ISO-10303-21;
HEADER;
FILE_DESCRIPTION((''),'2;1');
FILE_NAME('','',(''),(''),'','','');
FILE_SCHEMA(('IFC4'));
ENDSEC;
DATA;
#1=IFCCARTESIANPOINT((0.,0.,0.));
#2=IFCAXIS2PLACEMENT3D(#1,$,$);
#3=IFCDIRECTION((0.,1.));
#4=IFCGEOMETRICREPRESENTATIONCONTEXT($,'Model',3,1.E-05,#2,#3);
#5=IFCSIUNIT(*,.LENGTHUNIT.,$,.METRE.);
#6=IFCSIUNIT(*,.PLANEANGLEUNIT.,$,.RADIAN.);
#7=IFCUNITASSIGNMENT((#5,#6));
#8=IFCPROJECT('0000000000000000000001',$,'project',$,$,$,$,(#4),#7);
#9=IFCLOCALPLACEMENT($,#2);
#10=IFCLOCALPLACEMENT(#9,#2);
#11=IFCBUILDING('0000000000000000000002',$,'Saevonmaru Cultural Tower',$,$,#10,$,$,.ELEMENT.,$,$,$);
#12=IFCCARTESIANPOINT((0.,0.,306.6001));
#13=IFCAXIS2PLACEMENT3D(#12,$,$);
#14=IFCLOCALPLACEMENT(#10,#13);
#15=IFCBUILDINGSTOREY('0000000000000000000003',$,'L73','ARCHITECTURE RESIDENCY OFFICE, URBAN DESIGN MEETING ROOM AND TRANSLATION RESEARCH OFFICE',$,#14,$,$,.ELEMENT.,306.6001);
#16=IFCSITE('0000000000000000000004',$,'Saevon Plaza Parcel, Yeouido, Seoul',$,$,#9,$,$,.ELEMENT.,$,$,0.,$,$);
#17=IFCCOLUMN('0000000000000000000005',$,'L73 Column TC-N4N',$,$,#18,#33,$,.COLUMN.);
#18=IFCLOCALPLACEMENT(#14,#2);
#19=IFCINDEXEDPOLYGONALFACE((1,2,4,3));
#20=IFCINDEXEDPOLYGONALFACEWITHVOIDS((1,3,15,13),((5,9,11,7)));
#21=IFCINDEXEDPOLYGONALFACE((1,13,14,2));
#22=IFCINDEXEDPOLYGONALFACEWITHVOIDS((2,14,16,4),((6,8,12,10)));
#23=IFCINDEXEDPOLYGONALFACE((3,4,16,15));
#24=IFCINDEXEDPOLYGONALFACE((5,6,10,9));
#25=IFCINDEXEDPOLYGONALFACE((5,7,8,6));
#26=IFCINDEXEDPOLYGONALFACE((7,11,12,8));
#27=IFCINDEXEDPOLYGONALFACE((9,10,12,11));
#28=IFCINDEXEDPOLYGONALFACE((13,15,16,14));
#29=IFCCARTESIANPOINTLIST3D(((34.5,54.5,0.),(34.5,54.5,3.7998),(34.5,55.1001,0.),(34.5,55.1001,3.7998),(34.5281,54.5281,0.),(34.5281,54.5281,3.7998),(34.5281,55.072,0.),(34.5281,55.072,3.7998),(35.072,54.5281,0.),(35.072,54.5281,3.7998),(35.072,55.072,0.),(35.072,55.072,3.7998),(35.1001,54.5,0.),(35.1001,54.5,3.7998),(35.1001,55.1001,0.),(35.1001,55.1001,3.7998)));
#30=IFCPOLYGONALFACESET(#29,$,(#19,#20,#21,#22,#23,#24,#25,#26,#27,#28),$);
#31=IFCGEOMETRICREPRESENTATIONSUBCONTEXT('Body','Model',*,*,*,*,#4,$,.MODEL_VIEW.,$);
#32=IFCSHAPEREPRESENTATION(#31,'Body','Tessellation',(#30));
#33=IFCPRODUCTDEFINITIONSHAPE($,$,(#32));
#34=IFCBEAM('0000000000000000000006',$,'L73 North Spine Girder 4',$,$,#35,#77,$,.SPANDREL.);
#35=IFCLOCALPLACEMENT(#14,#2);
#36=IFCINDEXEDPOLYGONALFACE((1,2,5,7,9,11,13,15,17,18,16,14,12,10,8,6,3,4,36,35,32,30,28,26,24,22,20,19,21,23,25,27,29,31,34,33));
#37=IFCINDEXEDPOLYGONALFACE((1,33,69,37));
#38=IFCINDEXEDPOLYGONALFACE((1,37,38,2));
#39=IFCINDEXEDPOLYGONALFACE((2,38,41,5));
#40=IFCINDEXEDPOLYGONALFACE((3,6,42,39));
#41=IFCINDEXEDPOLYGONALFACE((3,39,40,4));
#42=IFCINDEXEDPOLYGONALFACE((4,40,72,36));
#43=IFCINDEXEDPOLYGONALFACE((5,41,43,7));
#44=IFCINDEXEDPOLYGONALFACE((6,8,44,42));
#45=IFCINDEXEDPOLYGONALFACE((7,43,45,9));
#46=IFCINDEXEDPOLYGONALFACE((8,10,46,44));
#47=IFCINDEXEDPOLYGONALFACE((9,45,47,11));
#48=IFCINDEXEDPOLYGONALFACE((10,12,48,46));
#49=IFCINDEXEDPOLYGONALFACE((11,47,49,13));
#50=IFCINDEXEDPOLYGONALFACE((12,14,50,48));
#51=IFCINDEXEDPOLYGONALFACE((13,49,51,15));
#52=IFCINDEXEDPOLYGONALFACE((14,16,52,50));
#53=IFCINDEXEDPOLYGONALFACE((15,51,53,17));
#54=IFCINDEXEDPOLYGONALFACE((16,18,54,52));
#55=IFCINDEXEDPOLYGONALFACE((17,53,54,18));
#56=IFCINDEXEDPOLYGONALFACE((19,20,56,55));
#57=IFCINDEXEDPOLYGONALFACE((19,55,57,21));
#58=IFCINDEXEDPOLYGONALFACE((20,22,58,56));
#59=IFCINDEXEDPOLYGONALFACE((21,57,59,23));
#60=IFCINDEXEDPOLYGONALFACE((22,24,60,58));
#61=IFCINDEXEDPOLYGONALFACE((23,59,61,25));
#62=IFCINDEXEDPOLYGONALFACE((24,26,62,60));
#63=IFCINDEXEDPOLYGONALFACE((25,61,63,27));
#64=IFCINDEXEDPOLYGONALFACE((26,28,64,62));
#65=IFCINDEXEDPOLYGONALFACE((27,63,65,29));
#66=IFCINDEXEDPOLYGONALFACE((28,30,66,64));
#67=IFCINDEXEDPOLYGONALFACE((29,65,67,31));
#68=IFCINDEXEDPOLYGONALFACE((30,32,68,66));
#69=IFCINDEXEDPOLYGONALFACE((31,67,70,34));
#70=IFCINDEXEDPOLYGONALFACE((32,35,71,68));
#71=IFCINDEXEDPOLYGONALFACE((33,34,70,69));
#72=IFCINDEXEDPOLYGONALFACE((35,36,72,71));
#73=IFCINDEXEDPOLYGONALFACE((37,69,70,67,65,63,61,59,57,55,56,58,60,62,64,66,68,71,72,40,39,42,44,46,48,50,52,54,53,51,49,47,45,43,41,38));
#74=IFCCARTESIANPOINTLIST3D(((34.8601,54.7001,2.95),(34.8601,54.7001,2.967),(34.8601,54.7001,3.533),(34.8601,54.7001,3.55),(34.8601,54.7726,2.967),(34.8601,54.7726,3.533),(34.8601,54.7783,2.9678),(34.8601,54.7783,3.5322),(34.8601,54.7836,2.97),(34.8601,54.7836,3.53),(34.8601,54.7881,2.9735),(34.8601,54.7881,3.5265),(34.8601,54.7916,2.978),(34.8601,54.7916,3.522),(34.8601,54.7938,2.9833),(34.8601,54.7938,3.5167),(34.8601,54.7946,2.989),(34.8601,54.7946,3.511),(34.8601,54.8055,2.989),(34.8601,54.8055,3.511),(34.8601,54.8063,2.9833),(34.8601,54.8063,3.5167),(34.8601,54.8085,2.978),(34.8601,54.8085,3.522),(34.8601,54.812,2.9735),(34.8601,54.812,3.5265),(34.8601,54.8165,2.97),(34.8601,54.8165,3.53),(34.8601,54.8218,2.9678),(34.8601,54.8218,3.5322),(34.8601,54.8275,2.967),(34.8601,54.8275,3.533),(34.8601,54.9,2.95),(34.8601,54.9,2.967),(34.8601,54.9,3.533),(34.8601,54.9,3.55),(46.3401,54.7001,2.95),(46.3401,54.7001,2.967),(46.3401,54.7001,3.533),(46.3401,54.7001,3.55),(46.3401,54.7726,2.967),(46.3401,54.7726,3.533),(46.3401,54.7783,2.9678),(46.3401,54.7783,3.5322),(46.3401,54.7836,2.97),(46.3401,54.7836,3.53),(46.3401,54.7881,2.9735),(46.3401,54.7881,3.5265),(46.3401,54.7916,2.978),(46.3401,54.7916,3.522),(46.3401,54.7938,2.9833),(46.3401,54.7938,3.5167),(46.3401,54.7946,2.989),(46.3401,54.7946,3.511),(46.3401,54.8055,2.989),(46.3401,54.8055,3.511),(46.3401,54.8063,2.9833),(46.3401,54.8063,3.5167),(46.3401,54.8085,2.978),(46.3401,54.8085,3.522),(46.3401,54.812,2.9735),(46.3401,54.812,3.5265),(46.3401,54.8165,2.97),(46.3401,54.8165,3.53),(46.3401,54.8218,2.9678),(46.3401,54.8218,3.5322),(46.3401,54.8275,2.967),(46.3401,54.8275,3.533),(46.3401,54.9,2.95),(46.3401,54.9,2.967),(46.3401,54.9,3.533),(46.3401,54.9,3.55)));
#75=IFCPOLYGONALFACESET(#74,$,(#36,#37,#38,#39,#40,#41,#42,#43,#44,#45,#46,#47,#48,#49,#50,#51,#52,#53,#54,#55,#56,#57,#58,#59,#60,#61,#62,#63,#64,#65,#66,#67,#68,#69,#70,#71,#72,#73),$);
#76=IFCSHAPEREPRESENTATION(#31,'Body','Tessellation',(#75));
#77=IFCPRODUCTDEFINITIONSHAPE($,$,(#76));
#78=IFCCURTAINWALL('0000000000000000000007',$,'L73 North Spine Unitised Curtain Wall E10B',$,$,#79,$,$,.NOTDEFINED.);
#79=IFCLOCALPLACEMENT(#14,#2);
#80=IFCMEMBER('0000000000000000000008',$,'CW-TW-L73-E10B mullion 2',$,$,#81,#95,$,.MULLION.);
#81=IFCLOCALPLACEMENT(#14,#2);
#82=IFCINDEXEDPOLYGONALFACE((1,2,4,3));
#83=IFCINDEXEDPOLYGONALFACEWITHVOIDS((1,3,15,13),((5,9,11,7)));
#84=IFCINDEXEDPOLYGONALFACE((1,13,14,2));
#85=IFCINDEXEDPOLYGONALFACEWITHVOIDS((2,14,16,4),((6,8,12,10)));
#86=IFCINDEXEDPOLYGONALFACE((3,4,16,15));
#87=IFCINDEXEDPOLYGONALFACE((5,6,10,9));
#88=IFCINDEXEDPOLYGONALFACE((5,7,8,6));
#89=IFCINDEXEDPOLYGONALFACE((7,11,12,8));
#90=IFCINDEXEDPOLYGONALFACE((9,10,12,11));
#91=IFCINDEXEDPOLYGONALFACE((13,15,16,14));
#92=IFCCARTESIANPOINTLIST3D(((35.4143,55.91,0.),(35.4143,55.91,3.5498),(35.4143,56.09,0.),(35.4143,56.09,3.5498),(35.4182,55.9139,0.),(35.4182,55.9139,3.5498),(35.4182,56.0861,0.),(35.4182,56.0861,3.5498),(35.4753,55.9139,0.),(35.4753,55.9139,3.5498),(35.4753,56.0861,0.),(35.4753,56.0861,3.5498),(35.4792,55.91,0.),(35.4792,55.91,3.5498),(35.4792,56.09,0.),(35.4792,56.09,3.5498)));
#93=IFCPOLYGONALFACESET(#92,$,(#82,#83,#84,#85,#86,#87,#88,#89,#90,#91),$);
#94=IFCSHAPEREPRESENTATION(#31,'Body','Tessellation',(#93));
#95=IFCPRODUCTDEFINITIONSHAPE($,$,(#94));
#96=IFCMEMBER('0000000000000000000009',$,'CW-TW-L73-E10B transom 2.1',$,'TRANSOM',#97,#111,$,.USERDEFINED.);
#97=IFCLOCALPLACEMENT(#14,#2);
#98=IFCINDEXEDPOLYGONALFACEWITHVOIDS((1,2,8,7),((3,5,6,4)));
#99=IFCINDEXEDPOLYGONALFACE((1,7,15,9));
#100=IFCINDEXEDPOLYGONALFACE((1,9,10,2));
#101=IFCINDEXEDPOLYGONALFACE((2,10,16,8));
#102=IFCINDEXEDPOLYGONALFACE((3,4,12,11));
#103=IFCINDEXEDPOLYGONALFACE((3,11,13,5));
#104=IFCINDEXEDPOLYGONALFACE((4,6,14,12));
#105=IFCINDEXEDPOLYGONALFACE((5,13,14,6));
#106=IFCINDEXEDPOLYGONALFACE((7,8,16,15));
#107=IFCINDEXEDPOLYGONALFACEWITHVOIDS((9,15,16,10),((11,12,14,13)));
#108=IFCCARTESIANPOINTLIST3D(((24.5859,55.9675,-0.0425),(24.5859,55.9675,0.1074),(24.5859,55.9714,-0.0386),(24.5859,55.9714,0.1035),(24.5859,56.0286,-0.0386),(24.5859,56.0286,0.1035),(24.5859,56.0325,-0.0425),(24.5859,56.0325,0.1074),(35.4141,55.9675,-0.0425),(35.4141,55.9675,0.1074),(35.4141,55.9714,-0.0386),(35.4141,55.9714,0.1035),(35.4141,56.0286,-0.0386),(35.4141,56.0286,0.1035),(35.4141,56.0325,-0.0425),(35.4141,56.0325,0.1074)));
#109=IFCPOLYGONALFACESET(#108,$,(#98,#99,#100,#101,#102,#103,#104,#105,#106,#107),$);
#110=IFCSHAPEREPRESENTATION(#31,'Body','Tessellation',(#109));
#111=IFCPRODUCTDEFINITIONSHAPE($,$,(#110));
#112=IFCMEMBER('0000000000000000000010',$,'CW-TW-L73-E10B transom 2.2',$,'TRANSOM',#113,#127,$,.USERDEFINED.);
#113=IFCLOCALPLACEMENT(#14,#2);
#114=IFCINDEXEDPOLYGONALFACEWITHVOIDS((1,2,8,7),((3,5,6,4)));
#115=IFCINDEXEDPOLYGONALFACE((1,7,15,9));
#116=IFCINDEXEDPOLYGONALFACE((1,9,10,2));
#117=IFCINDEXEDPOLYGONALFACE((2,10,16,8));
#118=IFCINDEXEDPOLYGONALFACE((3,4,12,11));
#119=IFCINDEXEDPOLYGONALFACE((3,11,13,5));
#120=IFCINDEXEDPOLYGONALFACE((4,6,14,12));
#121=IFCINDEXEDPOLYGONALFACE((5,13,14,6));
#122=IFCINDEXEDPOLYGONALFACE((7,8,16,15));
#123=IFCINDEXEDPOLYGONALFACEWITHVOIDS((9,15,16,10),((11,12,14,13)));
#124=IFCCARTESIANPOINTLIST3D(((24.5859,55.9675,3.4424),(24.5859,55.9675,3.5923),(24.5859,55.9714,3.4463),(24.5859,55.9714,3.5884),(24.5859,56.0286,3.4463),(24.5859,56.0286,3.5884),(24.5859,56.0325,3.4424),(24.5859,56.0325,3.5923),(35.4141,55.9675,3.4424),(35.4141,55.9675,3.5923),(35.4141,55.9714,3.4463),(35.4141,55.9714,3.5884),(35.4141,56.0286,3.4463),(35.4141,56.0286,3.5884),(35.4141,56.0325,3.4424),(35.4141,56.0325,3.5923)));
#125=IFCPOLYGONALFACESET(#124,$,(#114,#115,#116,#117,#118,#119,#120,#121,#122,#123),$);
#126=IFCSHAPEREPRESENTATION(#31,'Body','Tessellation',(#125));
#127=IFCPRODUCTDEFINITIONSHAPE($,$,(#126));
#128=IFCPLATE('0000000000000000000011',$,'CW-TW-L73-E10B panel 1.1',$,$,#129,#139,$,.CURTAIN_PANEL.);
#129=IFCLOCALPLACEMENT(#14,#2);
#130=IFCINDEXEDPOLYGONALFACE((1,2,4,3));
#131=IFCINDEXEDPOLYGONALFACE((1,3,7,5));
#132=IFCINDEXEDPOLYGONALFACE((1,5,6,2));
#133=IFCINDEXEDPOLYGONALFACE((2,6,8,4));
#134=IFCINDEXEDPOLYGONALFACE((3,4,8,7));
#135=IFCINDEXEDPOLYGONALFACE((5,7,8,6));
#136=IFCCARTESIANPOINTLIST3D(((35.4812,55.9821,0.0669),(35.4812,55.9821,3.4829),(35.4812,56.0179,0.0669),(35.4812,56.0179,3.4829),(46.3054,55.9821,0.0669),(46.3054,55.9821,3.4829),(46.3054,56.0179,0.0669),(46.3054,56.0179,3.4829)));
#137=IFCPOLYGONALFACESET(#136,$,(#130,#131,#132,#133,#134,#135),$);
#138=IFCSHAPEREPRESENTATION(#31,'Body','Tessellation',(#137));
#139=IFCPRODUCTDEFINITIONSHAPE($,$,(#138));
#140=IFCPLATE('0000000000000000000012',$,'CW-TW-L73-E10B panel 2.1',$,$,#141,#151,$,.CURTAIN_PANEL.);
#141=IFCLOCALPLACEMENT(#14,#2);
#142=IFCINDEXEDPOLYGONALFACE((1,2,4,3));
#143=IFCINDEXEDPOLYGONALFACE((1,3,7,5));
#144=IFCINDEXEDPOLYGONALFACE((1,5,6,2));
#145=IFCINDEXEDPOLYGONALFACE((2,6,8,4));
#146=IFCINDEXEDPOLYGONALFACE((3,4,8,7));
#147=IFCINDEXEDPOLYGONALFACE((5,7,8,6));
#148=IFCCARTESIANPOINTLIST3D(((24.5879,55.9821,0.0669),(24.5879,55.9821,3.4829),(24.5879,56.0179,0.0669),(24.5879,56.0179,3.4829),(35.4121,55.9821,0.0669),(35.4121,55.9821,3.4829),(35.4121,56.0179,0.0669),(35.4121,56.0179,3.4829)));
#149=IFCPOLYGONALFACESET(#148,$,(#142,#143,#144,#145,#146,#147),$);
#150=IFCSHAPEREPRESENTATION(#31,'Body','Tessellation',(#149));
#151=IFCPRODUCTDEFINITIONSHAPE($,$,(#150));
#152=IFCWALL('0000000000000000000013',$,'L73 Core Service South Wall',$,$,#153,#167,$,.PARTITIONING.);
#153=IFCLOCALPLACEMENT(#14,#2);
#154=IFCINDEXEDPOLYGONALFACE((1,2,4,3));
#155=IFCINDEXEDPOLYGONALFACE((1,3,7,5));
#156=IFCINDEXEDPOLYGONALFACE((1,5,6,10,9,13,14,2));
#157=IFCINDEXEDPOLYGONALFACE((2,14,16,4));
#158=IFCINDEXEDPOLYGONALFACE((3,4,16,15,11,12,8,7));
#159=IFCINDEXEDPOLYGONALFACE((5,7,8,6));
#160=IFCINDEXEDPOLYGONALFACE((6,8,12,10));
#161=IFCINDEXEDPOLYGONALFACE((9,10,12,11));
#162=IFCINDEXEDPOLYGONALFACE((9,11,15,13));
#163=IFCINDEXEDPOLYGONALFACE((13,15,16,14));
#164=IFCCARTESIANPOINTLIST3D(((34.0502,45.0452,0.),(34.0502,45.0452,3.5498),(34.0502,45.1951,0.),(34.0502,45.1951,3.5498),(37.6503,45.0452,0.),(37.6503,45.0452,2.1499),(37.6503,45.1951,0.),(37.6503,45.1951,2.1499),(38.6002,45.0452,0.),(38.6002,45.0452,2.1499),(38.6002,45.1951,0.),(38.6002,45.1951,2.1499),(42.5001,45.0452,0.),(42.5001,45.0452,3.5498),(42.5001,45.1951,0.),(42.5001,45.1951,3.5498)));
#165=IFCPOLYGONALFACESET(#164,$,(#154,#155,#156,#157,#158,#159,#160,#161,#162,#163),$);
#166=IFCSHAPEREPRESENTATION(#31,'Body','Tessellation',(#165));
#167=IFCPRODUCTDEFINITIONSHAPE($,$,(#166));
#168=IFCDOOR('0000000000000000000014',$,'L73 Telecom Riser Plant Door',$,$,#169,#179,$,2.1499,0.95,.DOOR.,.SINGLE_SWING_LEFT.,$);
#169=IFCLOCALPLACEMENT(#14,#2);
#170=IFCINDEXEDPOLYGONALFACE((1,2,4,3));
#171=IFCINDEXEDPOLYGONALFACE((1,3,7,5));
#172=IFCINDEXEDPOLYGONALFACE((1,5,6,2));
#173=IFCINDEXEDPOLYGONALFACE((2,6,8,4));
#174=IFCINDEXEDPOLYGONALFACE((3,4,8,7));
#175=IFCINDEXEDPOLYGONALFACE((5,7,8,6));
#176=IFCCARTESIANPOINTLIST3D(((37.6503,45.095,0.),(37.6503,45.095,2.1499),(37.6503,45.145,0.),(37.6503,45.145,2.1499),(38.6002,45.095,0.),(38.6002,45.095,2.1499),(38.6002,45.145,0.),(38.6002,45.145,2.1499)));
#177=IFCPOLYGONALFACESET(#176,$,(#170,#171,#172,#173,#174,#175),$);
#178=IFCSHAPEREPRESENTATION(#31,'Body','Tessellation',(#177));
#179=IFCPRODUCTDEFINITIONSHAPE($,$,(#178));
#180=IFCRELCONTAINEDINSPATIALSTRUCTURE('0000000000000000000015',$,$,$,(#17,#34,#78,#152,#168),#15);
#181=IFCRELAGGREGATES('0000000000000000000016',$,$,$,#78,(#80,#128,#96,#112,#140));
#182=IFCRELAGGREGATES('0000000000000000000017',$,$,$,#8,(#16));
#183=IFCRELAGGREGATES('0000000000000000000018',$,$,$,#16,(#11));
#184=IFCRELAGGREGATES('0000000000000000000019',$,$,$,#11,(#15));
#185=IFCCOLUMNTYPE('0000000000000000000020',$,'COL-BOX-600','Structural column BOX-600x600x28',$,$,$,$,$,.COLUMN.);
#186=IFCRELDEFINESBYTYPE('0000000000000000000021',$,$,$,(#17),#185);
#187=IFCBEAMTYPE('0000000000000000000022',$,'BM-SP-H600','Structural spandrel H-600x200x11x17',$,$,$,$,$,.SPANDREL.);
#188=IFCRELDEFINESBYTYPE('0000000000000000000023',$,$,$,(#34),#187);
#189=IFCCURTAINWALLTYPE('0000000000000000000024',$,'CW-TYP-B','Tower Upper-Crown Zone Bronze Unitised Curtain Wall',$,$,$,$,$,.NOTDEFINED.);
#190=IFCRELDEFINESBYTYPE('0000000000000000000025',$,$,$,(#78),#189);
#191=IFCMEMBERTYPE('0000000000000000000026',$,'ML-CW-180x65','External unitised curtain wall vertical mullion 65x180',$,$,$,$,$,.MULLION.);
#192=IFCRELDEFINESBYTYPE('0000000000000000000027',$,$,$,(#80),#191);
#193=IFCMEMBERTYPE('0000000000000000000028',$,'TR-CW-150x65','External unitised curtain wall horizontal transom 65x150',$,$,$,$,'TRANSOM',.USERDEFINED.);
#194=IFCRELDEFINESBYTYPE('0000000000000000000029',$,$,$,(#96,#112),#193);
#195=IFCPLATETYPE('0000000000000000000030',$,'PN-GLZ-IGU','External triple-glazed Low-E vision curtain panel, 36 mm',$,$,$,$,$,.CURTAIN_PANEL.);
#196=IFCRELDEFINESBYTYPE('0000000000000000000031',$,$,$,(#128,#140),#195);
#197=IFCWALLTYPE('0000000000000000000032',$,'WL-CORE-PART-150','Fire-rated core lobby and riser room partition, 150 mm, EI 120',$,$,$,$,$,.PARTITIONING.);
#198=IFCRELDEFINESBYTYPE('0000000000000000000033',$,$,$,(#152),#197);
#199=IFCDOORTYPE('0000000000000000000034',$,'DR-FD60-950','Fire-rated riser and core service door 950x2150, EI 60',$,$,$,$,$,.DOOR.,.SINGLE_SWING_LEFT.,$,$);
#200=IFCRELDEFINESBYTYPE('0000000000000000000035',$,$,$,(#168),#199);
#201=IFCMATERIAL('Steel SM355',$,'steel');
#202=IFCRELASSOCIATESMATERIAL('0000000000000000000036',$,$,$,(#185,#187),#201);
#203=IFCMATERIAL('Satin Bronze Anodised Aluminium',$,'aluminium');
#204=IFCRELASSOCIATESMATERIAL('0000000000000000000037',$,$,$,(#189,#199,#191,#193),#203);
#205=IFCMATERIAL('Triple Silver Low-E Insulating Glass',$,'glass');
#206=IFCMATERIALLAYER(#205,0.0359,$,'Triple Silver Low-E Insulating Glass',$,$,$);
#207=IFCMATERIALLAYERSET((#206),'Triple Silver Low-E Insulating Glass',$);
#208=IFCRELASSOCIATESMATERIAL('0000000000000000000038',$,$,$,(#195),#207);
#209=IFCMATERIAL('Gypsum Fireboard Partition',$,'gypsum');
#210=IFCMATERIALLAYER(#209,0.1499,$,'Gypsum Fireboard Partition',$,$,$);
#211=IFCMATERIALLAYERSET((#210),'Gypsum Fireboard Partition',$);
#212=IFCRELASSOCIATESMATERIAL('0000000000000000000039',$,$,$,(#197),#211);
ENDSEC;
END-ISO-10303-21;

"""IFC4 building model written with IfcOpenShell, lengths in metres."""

from ifc_helpers import new_model, si_unit, direction, frame, frame_2d, origin, origin_2d, place, context, subcontext, project, spatial, rectangle, hollow_rectangle, i_section, extrude, material, layer, layer_set, material_profile, profile_set, type_object, element, fill, aggregate, save


model = new_model("IFC4")

# Units and contexts
model_context = context("Model", 3, precision=1e-05, world=origin(), true_north=direction((0.0, 1.0)))
body_context = subcontext(model_context, "Body", "Model", "MODEL_VIEW")
ifc_project = project(units=[si_unit("LENGTHUNIT", "METRE"), si_unit("PLANEANGLEUNIT", "RADIAN")], contexts=[model_context])

# Site, building, storey
site_placement = place(None, origin())
site = spatial("IfcSite", under=ifc_project, at=site_placement, Name="Saevon Plaza Parcel, Yeouido, Seoul", CompositionType="ELEMENT", RefElevation=0.0)
building_placement = place(site_placement, origin())
building = spatial("IfcBuilding", under=site, at=building_placement, Name="Saevonmaru Cultural Tower", CompositionType="ELEMENT")
storey_placement = place(building_placement, frame((0.0, 0.0, 306.6001)))
storey = spatial("IfcBuildingStorey", under=building, at=storey_placement, Name="L73", Description="ARCHITECTURE RESIDENCY OFFICE, URBAN DESIGN MEETING ROOM AND TRANSLATION RESEARCH OFFICE", CompositionType="ELEMENT", Elevation=306.6001)

# Column
ifc_material_1 = material(Name="Steel SM355", Category="steel")
ifc_material_profile_1 = material_profile(ifc_material_1, hollow_rectangle(XDim=0.6001, YDim=0.6001, WallThickness=0.0281, at=origin_2d()), Name="BOX-600x600x28")
ifc_profile_set_1 = profile_set([ifc_material_profile_1], Name="Steel SM355")
column_type = type_object("IfcColumnType", Name="COL-BOX-600", Description="Structural column BOX-600x600x28", PredefinedType="COLUMN", material=ifc_profile_set_1)
column_placement = place(storey_placement, frame((34.8, 54.8, 0.0), z_axis=(0.0, 0.0, 1.0), x_axis=(1.0, 0.0, 0.0)))
element("IfcColumn", 1, at=column_placement, inside=storey, type_object=column_type, Name="L73 Column TC-N4N", PredefinedType="COLUMN", context=body_context, shape_type="SweptSolid", body=[
    extrude(hollow_rectangle(XDim=0.6001, YDim=0.6001, WallThickness=0.0281, at=origin_2d()), origin(), (0.0, 0.0, 1.0), 3.7998),
])

# Beam
ifc_material_profile_2 = material_profile(ifc_material_1, i_section(OverallWidth=0.2, OverallDepth=0.6001, WebThickness=0.011, FlangeThickness=0.0171, FilletRadius=0.022, at=origin_2d()), Name="H-600x200x11x17")
ifc_profile_set_2 = profile_set([ifc_material_profile_2], Name="Steel SM355")
beam_type = type_object("IfcBeamType", Name="BM-SP-H600", Description="Structural spandrel H-600x200x11x17", PredefinedType="SPANDREL", material=ifc_profile_set_2)
beam_placement = place(storey_placement, frame((34.8601, 54.8, 3.25), z_axis=(1.0, 0.0, 0.0), x_axis=(0.0, 1.0, 0.0)))
element("IfcBeam", 2, at=beam_placement, inside=storey, type_object=beam_type, Name="L73 North Spine Girder 4", PredefinedType="SPANDREL", context=body_context, shape_type="SweptSolid", body=[
    extrude(i_section(OverallWidth=0.2, OverallDepth=0.6001, WebThickness=0.011, FlangeThickness=0.0171, FilletRadius=0.022, at=origin_2d()), origin(), (0.0, 0.0, 1.0), 11.48),
])

# Curtain wall, members, plates
ifc_material_2 = material(Name="Satin Bronze Anodised Aluminium", Category="aluminium")
curtain_wall_type = type_object("IfcCurtainWallType", Name="CW-TYP-B", Description="Tower Upper-Crown Zone Bronze Unitised Curtain Wall", PredefinedType="NOTDEFINED", material=ifc_material_2)
curtain_wall_placement = place(storey_placement, origin())
curtain_wall = element("IfcCurtainWall", 3, at=curtain_wall_placement, inside=storey, type_object=curtain_wall_type, Name="L73 North Spine Unitised Curtain Wall E10B", PredefinedType="NOTDEFINED")
ifc_material_profile_3 = material_profile(ifc_material_2, hollow_rectangle(XDim=0.0649, YDim=0.1799, WallThickness=0.0039, at=origin_2d()), Name="ALU-MULL-180x65x4")
ifc_profile_set_3 = profile_set([ifc_material_profile_3], Name="Satin Bronze Anodised Aluminium")
member_type_1 = type_object("IfcMemberType", Name="ML-CW-180x65", Description="External unitised curtain wall vertical mullion 65x180", PredefinedType="MULLION", material=ifc_profile_set_3)
member_1_placement = place(storey_placement, frame((35.4468, 56.0, 0.0), z_axis=(0.0, 0.0, 1.0), x_axis=(-1.0, 0.0, 0.0)))
member_1 = element("IfcMember", 4, at=member_1_placement, type_object=member_type_1, Name="CW-TW-L73-E10B mullion 2", PredefinedType="MULLION", context=body_context, shape_type="SweptSolid", body=[
    extrude(hollow_rectangle(XDim=0.0649, YDim=0.1799, WallThickness=0.0039, at=origin_2d()), origin(), (0.0, 0.0, 1.0), 3.5498),
])
ifc_material_profile_4 = material_profile(ifc_material_2, hollow_rectangle(XDim=0.0649, YDim=0.1499, WallThickness=0.0039, at=origin_2d()), Name="ALU-TRAN-150x65x4")
ifc_profile_set_4 = profile_set([ifc_material_profile_4], Name="Satin Bronze Anodised Aluminium")
member_type_2 = type_object("IfcMemberType", Name="TR-CW-150x65", Description="External unitised curtain wall horizontal transom 65x150", ElementType="TRANSOM", PredefinedType="USERDEFINED", material=ifc_profile_set_4)
member_2_placement = place(storey_placement, frame((35.4141, 56.0, 0.0325), z_axis=(-1.0, 0.0, 0.0), x_axis=(0.0, -1.0, 0.0)))
member_2 = element("IfcMember", 5, at=member_2_placement, type_object=member_type_2, Name="CW-TW-L73-E10B transom 2.1", ObjectType="TRANSOM", PredefinedType="USERDEFINED", context=body_context, shape_type="SweptSolid", body=[
    extrude(hollow_rectangle(XDim=0.0649, YDim=0.1499, WallThickness=0.0039, at=origin_2d()), origin(), (0.0, 0.0, 1.0), 10.8281),
])
member_3_placement = place(storey_placement, frame((35.4141, 56.0, 3.5173), z_axis=(-1.0, 0.0, 0.0), x_axis=(0.0, -1.0, 0.0)))
member_3 = element("IfcMember", 6, at=member_3_placement, type_object=member_type_2, Name="CW-TW-L73-E10B transom 2.2", ObjectType="TRANSOM", PredefinedType="USERDEFINED", context=body_context, shape_type="SweptSolid", body=[
    extrude(hollow_rectangle(XDim=0.0649, YDim=0.1499, WallThickness=0.0039, at=origin_2d()), origin(), (0.0, 0.0, 1.0), 10.8281),
])
ifc_material_3 = material(Name="Triple Silver Low-E Insulating Glass", Category="glass")
ifc_layer_1 = layer(ifc_material_3, 0.0359, Name="Triple Silver Low-E Insulating Glass")
ifc_layer_set_1 = layer_set([ifc_layer_1], Name="Triple Silver Low-E Insulating Glass")
plate_type = type_object("IfcPlateType", Name="PN-GLZ-IGU", Description="External triple-glazed Low-E vision curtain panel, 36 mm", PredefinedType="CURTAIN_PANEL", material=ifc_layer_set_1)
plate_1_placement = place(storey_placement, frame((40.8933, 56.0, 0.0669), z_axis=(0.0, 0.0, 1.0), x_axis=(-1.0, 0.0, 0.0)))
plate_1 = element("IfcPlate", 7, at=plate_1_placement, type_object=plate_type, Name="CW-TW-L73-E10B panel 1.1", PredefinedType="CURTAIN_PANEL", context=body_context, shape_type="SweptSolid", body=[
    extrude(rectangle(XDim=10.8242, YDim=0.0359, at=origin_2d()), origin(), (0.0, 0.0, 1.0), 3.416),
])
plate_2_placement = place(storey_placement, frame((30.0, 56.0, 0.0669), z_axis=(0.0, 0.0, 1.0), x_axis=(-1.0, 0.0, 0.0)))
plate_2 = element("IfcPlate", 8, at=plate_2_placement, type_object=plate_type, Name="CW-TW-L73-E10B panel 2.1", PredefinedType="CURTAIN_PANEL", context=body_context, shape_type="SweptSolid", body=[
    extrude(rectangle(XDim=10.8242, YDim=0.0359, at=origin_2d()), origin(), (0.0, 0.0, 1.0), 3.416),
])
aggregate(curtain_wall, [member_1, plate_1, member_2, member_3, plate_2])

# Wall, opening, door
ifc_material_4 = material(Name="Gypsum Fireboard Partition", Category="gypsum")
ifc_layer_2 = layer(ifc_material_4, 0.1499, Name="Gypsum Fireboard Partition")
ifc_layer_set_2 = layer_set([ifc_layer_2], Name="Gypsum Fireboard Partition")
wall_type_1 = type_object("IfcWallType", Name="WL-CORE-PART-150", Description="Fire-rated core lobby and riser room partition, 150 mm, EI 120", PredefinedType="PARTITIONING", material=ifc_layer_set_2)
wall_1_placement = place(storey_placement, frame((34.05, 45.1201, 0.0), z_axis=(0.0, 0.0, 1.0), x_axis=(1.0, 0.0, 0.0)))
wall_1 = element("IfcWall", 9, at=wall_1_placement, inside=storey, type_object=wall_type_1, Name="L73 Core Service South Wall", PredefinedType="PARTITIONING", context=body_context, shape_type="SweptSolid", body=[
    extrude(rectangle(XDim=8.45, YDim=0.1499, at=frame_2d((4.2251, 0.0))), origin(), (0.0, 0.0, 1.0), 3.5498),
])
opening_1_placement = place(wall_1_placement, frame((3.6001, 0.0, 0.0)))
opening_1 = element("IfcOpeningElement", 10, at=opening_1_placement, cuts=wall_1, PredefinedType="OPENING", context=body_context, shape_type="SweptSolid", body=[
    extrude(rectangle(XDim=0.95, YDim=2.1499, at=frame_2d((0.4751, 1.075))), frame((0.0, 0.085, 0.0), z_axis=(0.0, -1.0, 0.0), x_axis=(1.0, 0.0, 0.0)), (0.0, 0.0, 1.0), 0.1699),
])
door_type_1 = type_object("IfcDoorType", Name="DR-FD60-950", Description="Fire-rated riser and core service door 950x2150, EI 60", OperationType="SINGLE_SWING_LEFT", PredefinedType="DOOR", material=ifc_material_2)
door_1_placement = place(opening_1_placement, origin())
door_1 = element("IfcDoor", 11, at=door_1_placement, inside=storey, type_object=door_type_1, Name="L73 Telecom Riser Plant Door", OperationType="SINGLE_SWING_LEFT", OverallHeight=2.1499, OverallWidth=0.95, PredefinedType="DOOR", context=body_context, shape_type="SweptSolid", body=[
    extrude(rectangle(XDim=0.95, YDim=2.1499, at=frame_2d((0.4751, 1.075))), frame((0.0, 0.0249, 0.0), z_axis=(0.0, -1.0, 0.0), x_axis=(1.0, 0.0, 0.0)), (0.0, 0.0, 1.0), 0.05),
])
fill(opening_1, door_1)

save(model, "model.ifc")
